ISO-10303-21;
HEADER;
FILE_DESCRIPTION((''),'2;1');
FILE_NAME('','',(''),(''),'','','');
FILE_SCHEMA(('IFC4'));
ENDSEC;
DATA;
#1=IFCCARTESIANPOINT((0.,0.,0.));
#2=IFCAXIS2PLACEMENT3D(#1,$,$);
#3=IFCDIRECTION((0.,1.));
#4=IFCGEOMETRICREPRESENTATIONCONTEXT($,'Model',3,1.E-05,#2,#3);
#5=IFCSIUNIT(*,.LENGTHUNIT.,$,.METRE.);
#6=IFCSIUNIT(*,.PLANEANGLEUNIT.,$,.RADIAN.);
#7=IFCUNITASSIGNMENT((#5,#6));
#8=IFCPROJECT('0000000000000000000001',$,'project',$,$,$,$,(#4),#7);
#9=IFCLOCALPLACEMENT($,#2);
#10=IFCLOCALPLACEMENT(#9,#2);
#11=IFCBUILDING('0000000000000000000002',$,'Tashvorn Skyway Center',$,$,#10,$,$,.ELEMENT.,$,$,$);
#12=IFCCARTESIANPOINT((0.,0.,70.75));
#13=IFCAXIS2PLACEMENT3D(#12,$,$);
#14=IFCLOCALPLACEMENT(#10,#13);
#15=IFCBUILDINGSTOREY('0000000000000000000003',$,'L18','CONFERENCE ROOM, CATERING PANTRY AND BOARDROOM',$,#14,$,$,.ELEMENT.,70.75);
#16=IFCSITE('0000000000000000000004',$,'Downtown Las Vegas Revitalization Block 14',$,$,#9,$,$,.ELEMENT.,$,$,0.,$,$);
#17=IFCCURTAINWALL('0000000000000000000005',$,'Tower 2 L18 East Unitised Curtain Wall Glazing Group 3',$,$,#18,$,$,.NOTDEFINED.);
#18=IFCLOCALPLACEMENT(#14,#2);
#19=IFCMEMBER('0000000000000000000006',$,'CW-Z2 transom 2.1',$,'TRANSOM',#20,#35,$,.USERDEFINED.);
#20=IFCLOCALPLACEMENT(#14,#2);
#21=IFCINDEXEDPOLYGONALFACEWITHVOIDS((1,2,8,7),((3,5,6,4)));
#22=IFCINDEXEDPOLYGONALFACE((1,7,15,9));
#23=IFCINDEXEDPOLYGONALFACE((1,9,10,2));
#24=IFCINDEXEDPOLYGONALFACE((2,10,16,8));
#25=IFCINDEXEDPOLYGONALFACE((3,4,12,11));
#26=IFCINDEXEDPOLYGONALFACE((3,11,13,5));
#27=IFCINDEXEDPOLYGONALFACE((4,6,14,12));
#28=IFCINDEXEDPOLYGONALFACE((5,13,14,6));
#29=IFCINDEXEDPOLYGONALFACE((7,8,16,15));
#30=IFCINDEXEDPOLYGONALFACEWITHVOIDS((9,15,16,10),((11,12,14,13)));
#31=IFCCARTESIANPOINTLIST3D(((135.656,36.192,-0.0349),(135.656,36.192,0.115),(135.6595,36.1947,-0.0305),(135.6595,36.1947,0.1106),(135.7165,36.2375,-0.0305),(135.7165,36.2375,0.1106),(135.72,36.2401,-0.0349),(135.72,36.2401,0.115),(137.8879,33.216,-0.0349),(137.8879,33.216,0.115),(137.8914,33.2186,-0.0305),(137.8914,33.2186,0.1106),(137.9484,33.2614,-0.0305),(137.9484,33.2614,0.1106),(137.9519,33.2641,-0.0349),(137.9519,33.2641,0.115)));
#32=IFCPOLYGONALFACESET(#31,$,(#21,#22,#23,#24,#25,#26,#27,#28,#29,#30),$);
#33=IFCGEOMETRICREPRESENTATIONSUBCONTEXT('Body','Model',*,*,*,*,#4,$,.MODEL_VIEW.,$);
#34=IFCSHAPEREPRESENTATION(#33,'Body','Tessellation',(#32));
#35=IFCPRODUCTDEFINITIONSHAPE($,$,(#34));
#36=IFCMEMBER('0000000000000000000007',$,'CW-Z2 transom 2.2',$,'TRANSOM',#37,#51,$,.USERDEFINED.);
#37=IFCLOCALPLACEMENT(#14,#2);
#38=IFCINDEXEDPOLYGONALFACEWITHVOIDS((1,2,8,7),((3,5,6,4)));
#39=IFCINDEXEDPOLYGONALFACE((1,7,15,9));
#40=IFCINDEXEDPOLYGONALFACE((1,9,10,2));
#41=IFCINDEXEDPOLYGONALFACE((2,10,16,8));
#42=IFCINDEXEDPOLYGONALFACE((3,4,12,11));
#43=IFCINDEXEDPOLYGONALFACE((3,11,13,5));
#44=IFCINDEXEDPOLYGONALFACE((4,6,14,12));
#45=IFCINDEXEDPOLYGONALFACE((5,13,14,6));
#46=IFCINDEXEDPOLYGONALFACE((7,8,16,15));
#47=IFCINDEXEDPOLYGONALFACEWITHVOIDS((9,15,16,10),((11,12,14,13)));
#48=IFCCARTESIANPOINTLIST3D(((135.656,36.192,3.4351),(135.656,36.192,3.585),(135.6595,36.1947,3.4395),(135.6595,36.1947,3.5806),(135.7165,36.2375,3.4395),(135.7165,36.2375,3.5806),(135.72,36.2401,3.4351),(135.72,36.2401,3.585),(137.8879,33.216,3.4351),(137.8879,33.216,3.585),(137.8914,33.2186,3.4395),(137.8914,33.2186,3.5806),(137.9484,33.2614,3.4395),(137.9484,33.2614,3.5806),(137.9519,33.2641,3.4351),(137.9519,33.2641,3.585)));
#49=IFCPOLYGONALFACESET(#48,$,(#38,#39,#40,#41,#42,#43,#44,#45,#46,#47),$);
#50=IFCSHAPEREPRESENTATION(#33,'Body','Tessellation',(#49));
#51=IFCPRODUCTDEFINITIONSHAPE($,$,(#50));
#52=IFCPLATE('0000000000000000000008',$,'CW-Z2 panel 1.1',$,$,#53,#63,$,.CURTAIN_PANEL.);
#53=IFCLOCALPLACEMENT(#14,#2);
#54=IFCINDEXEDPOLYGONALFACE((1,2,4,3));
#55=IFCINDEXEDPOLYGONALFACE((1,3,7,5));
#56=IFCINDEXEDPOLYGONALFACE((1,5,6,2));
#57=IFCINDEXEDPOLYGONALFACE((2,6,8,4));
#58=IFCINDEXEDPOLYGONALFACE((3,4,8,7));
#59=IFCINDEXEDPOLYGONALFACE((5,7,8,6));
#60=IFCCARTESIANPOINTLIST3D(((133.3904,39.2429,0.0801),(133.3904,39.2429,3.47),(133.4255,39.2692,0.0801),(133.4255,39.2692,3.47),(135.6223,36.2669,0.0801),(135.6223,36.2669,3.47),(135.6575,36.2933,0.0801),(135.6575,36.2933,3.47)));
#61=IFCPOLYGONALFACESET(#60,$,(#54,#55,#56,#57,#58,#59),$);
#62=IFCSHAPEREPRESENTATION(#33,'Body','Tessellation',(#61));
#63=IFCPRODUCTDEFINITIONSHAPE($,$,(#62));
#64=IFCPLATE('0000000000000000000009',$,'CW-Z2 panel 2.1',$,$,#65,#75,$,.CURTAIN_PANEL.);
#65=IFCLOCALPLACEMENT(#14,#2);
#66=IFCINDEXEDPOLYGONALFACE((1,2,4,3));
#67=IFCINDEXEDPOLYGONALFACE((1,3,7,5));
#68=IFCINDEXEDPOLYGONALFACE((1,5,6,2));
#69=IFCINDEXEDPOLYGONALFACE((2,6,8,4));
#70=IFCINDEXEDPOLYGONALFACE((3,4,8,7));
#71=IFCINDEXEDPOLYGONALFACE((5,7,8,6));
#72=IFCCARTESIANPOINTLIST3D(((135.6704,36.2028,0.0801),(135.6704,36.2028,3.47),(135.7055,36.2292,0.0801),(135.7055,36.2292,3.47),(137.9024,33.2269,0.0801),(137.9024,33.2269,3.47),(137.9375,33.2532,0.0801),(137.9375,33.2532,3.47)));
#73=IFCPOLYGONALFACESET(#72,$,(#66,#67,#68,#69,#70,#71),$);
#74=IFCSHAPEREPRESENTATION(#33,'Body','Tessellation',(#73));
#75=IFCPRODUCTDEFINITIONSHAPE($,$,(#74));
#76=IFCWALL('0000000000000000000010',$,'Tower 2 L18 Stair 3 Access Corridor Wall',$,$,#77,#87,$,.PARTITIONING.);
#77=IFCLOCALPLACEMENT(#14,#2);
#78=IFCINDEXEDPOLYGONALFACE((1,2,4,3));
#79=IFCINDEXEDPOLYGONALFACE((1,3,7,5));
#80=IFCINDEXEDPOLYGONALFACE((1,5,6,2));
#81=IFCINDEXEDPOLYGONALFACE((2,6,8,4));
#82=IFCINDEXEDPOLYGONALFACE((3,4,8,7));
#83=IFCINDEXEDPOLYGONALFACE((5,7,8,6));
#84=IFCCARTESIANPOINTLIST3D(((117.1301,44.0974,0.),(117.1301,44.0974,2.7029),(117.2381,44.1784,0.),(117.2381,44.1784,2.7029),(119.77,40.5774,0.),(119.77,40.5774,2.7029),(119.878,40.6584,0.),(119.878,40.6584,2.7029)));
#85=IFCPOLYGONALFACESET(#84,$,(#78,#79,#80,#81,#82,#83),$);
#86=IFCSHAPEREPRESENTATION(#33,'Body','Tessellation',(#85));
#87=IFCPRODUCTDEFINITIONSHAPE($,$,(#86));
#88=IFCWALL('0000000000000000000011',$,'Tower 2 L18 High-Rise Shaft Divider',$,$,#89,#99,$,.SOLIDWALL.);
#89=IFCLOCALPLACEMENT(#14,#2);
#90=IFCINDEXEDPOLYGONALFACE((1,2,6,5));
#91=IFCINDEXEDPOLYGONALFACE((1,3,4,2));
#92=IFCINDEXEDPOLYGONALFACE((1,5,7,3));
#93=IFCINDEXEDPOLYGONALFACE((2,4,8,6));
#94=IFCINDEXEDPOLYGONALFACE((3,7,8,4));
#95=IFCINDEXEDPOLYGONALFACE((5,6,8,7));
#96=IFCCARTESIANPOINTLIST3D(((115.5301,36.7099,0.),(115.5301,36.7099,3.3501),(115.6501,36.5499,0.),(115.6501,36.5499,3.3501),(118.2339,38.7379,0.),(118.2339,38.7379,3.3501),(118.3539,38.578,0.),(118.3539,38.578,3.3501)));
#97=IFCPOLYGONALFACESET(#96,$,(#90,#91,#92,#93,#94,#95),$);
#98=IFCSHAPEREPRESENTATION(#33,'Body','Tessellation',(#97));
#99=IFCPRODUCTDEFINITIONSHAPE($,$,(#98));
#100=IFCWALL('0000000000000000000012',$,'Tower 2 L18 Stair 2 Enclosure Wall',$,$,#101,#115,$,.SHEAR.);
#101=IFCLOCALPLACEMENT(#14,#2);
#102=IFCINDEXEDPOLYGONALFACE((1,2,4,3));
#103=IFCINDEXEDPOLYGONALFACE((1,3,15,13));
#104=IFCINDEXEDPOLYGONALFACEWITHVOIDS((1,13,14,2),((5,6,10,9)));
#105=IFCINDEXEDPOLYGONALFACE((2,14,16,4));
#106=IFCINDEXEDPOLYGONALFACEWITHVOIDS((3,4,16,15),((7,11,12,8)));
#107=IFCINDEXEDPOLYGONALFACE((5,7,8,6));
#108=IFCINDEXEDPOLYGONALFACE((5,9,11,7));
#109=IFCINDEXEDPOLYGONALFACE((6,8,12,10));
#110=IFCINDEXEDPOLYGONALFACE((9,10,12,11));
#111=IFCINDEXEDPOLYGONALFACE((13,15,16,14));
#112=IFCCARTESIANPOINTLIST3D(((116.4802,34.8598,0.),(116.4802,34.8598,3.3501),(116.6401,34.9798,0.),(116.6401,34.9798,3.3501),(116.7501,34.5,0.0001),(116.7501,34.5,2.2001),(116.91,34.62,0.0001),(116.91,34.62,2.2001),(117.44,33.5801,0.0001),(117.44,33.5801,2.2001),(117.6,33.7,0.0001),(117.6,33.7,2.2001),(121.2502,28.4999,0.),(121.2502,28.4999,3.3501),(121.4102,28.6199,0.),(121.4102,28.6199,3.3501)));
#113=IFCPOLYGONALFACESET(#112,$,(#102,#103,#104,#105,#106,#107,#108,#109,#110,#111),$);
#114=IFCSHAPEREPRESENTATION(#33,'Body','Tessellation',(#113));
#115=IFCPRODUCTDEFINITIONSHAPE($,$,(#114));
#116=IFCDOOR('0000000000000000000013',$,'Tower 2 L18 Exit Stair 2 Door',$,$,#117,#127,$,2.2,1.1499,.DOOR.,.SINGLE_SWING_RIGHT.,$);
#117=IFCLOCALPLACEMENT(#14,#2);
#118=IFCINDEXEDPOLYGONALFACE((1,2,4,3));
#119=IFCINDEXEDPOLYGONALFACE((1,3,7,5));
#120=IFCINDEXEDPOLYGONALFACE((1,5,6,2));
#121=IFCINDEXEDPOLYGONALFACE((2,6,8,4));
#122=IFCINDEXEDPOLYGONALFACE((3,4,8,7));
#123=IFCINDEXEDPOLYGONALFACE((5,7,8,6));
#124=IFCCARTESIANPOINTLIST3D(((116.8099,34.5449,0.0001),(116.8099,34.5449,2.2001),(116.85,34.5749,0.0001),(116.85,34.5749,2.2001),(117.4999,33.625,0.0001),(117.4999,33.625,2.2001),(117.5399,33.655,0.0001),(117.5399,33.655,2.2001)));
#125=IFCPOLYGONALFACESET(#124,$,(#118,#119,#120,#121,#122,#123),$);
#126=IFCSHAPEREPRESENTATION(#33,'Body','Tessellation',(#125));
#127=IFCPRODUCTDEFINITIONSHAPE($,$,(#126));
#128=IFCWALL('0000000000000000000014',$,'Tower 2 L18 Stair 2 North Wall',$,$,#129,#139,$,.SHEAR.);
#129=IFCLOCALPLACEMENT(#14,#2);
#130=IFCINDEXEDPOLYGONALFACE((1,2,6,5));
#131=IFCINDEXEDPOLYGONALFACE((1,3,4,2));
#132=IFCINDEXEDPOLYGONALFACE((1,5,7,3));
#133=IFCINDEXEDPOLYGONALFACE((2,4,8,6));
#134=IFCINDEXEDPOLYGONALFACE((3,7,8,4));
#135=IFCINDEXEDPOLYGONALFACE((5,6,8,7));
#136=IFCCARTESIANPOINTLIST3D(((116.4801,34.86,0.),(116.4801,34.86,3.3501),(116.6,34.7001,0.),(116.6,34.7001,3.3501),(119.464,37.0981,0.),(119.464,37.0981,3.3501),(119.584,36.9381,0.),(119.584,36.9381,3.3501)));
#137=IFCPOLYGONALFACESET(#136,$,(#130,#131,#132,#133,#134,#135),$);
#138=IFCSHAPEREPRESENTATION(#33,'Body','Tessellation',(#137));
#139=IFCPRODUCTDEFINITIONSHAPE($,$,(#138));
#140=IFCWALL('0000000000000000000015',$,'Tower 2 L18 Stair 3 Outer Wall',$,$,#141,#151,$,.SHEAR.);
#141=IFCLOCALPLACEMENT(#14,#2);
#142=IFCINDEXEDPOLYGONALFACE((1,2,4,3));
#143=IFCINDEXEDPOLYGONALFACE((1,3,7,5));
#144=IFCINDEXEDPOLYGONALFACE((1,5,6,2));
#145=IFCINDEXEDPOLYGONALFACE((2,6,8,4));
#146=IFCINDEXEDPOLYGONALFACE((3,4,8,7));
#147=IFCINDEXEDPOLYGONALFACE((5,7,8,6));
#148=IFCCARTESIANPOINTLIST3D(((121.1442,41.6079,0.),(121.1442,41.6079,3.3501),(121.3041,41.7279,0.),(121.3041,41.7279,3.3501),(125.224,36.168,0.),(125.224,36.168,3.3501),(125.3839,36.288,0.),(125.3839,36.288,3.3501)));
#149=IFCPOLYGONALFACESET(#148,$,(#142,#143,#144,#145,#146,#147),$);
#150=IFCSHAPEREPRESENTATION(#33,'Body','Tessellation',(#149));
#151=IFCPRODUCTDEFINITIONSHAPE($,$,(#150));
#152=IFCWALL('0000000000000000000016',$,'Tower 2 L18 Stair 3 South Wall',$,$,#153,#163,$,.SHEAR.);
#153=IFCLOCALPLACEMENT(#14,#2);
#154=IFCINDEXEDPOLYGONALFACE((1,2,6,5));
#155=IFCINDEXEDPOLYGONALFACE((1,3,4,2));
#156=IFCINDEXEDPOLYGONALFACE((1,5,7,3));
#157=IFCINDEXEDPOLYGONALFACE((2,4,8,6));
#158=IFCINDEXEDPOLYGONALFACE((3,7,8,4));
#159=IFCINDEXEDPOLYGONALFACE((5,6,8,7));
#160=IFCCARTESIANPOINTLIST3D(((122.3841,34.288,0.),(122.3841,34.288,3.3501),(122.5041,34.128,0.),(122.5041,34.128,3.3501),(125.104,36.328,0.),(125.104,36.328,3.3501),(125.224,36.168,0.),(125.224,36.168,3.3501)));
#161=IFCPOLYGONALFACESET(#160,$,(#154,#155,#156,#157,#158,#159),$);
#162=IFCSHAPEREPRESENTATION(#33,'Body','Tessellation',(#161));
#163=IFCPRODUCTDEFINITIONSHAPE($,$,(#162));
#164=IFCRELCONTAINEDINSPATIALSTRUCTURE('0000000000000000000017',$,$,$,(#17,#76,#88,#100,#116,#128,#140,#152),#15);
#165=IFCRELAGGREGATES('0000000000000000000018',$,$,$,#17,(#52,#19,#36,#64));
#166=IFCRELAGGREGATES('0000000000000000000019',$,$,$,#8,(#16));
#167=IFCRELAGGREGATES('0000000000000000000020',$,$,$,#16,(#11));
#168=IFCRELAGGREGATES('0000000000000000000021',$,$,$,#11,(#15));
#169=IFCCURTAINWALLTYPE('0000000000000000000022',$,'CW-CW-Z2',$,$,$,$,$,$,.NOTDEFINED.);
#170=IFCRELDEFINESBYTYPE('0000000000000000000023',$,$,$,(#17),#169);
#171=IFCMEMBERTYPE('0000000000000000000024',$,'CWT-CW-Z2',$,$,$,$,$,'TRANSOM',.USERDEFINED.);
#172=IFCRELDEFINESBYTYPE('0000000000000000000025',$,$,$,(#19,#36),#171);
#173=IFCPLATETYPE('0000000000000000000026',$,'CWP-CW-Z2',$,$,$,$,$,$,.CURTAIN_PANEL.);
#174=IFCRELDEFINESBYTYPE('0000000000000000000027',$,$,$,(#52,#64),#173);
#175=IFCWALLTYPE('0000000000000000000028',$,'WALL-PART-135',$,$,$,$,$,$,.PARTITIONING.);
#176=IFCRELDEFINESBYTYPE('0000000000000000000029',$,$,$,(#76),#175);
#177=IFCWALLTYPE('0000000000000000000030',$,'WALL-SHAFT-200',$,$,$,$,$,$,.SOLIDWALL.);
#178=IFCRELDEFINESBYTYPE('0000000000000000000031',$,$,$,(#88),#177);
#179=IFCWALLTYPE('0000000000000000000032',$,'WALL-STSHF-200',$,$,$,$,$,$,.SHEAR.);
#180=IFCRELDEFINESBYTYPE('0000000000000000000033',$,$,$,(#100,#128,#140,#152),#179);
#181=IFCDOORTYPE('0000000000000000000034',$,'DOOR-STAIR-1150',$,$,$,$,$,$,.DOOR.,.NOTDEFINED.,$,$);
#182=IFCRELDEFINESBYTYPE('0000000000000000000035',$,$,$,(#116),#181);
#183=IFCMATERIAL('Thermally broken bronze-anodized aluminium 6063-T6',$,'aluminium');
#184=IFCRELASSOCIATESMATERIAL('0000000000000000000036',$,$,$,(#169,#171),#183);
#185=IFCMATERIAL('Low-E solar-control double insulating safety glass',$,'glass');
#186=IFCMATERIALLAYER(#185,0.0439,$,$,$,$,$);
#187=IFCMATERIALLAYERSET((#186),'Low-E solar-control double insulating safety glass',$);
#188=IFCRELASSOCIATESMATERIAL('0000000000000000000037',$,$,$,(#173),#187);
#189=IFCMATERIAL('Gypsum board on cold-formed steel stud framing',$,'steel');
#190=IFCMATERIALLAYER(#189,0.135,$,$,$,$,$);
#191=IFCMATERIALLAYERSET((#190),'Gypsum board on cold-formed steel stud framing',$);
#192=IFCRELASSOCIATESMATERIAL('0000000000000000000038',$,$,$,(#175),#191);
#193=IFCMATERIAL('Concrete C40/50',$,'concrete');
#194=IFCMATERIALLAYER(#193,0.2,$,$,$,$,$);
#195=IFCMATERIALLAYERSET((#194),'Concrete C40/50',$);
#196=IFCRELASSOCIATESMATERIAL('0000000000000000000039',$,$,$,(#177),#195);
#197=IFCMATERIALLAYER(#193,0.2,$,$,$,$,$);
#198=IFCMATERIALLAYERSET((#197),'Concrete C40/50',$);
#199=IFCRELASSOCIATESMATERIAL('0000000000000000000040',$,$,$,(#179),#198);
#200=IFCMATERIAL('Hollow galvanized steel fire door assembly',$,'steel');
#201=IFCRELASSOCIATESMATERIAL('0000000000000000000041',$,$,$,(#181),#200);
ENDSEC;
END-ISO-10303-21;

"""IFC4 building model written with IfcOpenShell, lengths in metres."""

from ifc_helpers import new_model, si_unit, direction, frame, frame_2d, origin, origin_2d, place, context, subcontext, project, spatial, rectangle, hollow_rectangle, extrude, material, layer, layer_set, material_profile, profile_set, type_object, element, fill, aggregate, save


model = new_model("IFC4")

# Units and contexts
model_context = context("Model", 3, precision=1e-05, world=origin(), true_north=direction((0.0, 1.0)))
body_context = subcontext(model_context, "Body", "Model", "MODEL_VIEW")
ifc_project = project(units=[si_unit("LENGTHUNIT", "METRE"), si_unit("PLANEANGLEUNIT", "RADIAN")], contexts=[model_context])

# Site, building, storey
site_placement = place(None, origin())
site = spatial("IfcSite", under=ifc_project, at=site_placement, Name="Downtown Las Vegas Revitalization Block 14", CompositionType="ELEMENT", RefElevation=0.0)
building_placement = place(site_placement, origin())
building = spatial("IfcBuilding", under=site, at=building_placement, Name="Tashvorn Skyway Center", CompositionType="ELEMENT")
storey_placement = place(building_placement, frame((0.0, 0.0, 70.75)))
storey = spatial("IfcBuildingStorey", under=building, at=storey_placement, Name="L18", Description="CONFERENCE ROOM, CATERING PANTRY AND BOARDROOM", CompositionType="ELEMENT", Elevation=70.75)

# Shared definitions
ifc_material_1 = material(Name="Thermally broken bronze-anodized aluminium 6063-T6", Category="aluminium")
curtain_wall_type = type_object("IfcCurtainWallType", Name="CW-CW-Z2", PredefinedType="NOTDEFINED", material=ifc_material_1)

# Curtain wall, members, plates
curtain_wall_1_placement = place(storey_placement, origin())
curtain_wall_1 = element("IfcCurtainWall", 1, at=curtain_wall_1_placement, inside=storey, type_object=curtain_wall_type, Name="Tower 2 L18 East Unitised Curtain Wall Glazing Group 3", PredefinedType="NOTDEFINED")
ifc_material_profile_1 = material_profile(ifc_material_1, hollow_rectangle(XDim=0.0801, YDim=0.1499, WallThickness=0.0044, at=origin_2d()), Name="ALU-TRAN-80x150")
ifc_profile_set_1 = profile_set([ifc_material_profile_1], Name="Thermally broken bronze-anodized aluminium 6063-T6")
member_type_1 = type_object("IfcMemberType", Name="CWT-CW-Z2", ElementType="TRANSOM", PredefinedType="USERDEFINED", material=ifc_profile_set_1)
member_1_placement = place(storey_placement, frame((135.688, 36.2161, 0.04), z_axis=(0.599979, -0.800016, 0.0), x_axis=(0.800016, 0.599979, 0.0)))
member_1 = element("IfcMember", 2, at=member_1_placement, type_object=member_type_1, Name="CW-Z2 transom 2.1", ObjectType="TRANSOM", PredefinedType="USERDEFINED", context=body_context, shape_type="SweptSolid", body=[
    extrude(hollow_rectangle(XDim=0.0801, YDim=0.1499, WallThickness=0.0044, at=origin_2d()), origin(), (0.0, 0.0, 1.0), 3.72),
])
member_2_placement = place(storey_placement, frame((135.688, 36.2161, 3.51), z_axis=(0.599979, -0.800016, 0.0), x_axis=(0.800016, 0.599979, 0.0)))
member_2 = element("IfcMember", 3, at=member_2_placement, type_object=member_type_1, Name="CW-Z2 transom 2.2", ObjectType="TRANSOM", PredefinedType="USERDEFINED", context=body_context, shape_type="SweptSolid", body=[
    extrude(hollow_rectangle(XDim=0.0801, YDim=0.1499, WallThickness=0.0044, at=origin_2d()), origin(), (0.0, 0.0, 1.0), 3.72),
])
ifc_material_2 = material(Name="Low-E solar-control double insulating safety glass", Category="glass")
ifc_layer_1 = layer(ifc_material_2, 0.0439)
ifc_layer_set_1 = layer_set([ifc_layer_1], Name="Low-E solar-control double insulating safety glass")
plate_type = type_object("IfcPlateType", Name="CWP-CW-Z2", PredefinedType="CURTAIN_PANEL", material=ifc_layer_set_1)
plate_1_placement = place(storey_placement, frame((134.5239, 37.7681, 0.0801), z_axis=(0.0, 0.0, 1.0), x_axis=(0.6, -0.8, 0.0)))
plate_1 = element("IfcPlate", 4, at=plate_1_placement, type_object=plate_type, Name="CW-Z2 panel 1.1", PredefinedType="CURTAIN_PANEL", context=body_context, shape_type="SweptSolid", body=[
    extrude(rectangle(XDim=3.72, YDim=0.0439, at=origin_2d()), origin(), (0.0, 0.0, 1.0), 3.3899),
])
plate_2_placement = place(storey_placement, frame((136.804, 34.728, 0.0801), z_axis=(0.0, 0.0, 1.0), x_axis=(0.6, -0.8, 0.0)))
plate_2 = element("IfcPlate", 5, at=plate_2_placement, type_object=plate_type, Name="CW-Z2 panel 2.1", PredefinedType="CURTAIN_PANEL", context=body_context, shape_type="SweptSolid", body=[
    extrude(rectangle(XDim=3.72, YDim=0.0439, at=origin_2d()), origin(), (0.0, 0.0, 1.0), 3.3899),
])
aggregate(curtain_wall_1, [plate_1, member_1, member_2, plate_2])

# Walls
ifc_material_3 = material(Name="Gypsum board on cold-formed steel stud framing", Category="steel")
ifc_layer_2 = layer(ifc_material_3, 0.135)
ifc_layer_set_2 = layer_set([ifc_layer_2], Name="Gypsum board on cold-formed steel stud framing")
wall_type_1 = type_object("IfcWallType", Name="WALL-PART-135", PredefinedType="PARTITIONING", material=ifc_layer_set_2)
wall_1_placement = place(storey_placement, frame((119.824, 40.6179, 0.0), z_axis=(0.0, 0.0, 1.0), x_axis=(-0.599982, 0.800013, 0.0)))
element("IfcWall", 6, at=wall_1_placement, inside=storey, type_object=wall_type_1, Name="Tower 2 L18 Stair 3 Access Corridor Wall", PredefinedType="PARTITIONING", context=body_context, shape_type="SweptSolid", body=[
    extrude(rectangle(XDim=4.3999, YDim=0.135, at=frame_2d((2.2, 0.0))), origin(), (0.0, 0.0, 1.0), 2.7029),
])
ifc_material_4 = material(Name="Concrete C40/50", Category="concrete")
ifc_layer_3 = layer(ifc_material_4, 0.2)
ifc_layer_set_3 = layer_set([ifc_layer_3], Name="Concrete C40/50")
wall_type_2 = type_object("IfcWallType", Name="WALL-SHAFT-200", PredefinedType="SOLIDWALL", material=ifc_layer_set_3)
wall_2_placement = place(storey_placement, frame((115.5901, 36.6299, 0.0), z_axis=(0.0, 0.0, 1.0), x_axis=(0.799974, 0.600035, 0.0)))
element("IfcWall", 7, at=wall_2_placement, inside=storey, type_object=wall_type_2, Name="Tower 2 L18 High-Rise Shaft Divider", PredefinedType="SOLIDWALL", context=body_context, shape_type="SweptSolid", body=[
    extrude(rectangle(XDim=3.3799, YDim=0.2, at=frame_2d((1.6899, 0.0))), origin(), (0.0, 0.0, 1.0), 3.3501),
])

# Wall, opening, door
ifc_layer_4 = layer(ifc_material_4, 0.2)
ifc_layer_set_4 = layer_set([ifc_layer_4], Name="Concrete C40/50")
wall_type_3 = type_object("IfcWallType", Name="WALL-STSHF-200", PredefinedType="SHEAR", material=ifc_layer_set_4)
wall_3_placement = place(storey_placement, frame((116.5601, 34.9199, 0.0), z_axis=(0.0, 0.0, 1.0), x_axis=(0.60001, -0.799993, 0.0)))
wall_3 = element("IfcWall", 8, at=wall_3_placement, inside=storey, type_object=wall_type_3, Name="Tower 2 L18 Stair 2 Enclosure Wall", PredefinedType="SHEAR", context=body_context, shape_type="SweptSolid", body=[
    extrude(rectangle(XDim=7.95, YDim=0.2, at=frame_2d((3.9751, 0.0))), origin(), (0.0, 0.0, 1.0), 3.3501),
])
opening_placement = place(wall_3_placement, frame((0.45, 0.0, 0.0)))
opening = element("IfcOpeningElement", 9, at=opening_placement, cuts=wall_3, PredefinedType="OPENING", context=body_context, shape_type="SweptSolid", body=[
    extrude(rectangle(XDim=1.1499, YDim=2.2, at=frame_2d((0.575, 1.1001))), frame((0.0, 0.1099, 0.0), z_axis=(0.0, -1.0, 0.0), x_axis=(1.0, 0.0, 0.0)), (0.0, 0.0, 1.0), 0.22),
])
ifc_material_5 = material(Name="Hollow galvanized steel fire door assembly", Category="steel")
door_type = type_object("IfcDoorType", Name="DOOR-STAIR-1150", OperationType="NOTDEFINED", PredefinedType="DOOR", material=ifc_material_5)
door_placement = place(opening_placement, origin())
door = element("IfcDoor", 10, at=door_placement, inside=storey, type_object=door_type, Name="Tower 2 L18 Exit Stair 2 Door", OperationType="SINGLE_SWING_RIGHT", OverallHeight=2.2, OverallWidth=1.1499, PredefinedType="DOOR", context=body_context, shape_type="SweptSolid", body=[
    extrude(rectangle(XDim=1.1499, YDim=2.2, at=frame_2d((0.575, 1.1001))), frame((0.0, 0.0249, 0.0), z_axis=(0.0, -1.0, 0.0), x_axis=(1.0, 0.0, 0.0)), (0.0, 0.0, 1.0), 0.05),
])
fill(opening, door)

# Walls
wall_4_placement = place(storey_placement, frame((116.54, 34.78, 0.0), z_axis=(0.0, 0.0, 1.0), x_axis=(0.799984, 0.600021, 0.0)))
element("IfcWall", 11, at=wall_4_placement, inside=storey, type_object=wall_type_3, Name="Tower 2 L18 Stair 2 North Wall", PredefinedType="SHEAR", context=body_context, shape_type="SweptSolid", body=[
    extrude(rectangle(XDim=3.73, YDim=0.2, at=frame_2d((1.865, 0.0))), origin(), (0.0, 0.0, 1.0), 3.3501),
])
wall_5_placement = place(storey_placement, frame((125.304, 36.228, 0.0), z_axis=(0.0, 0.0, 1.0), x_axis=(-0.599989, 0.800009, 0.0)))
element("IfcWall", 12, at=wall_5_placement, inside=storey, type_object=wall_type_3, Name="Tower 2 L18 Stair 3 Outer Wall", PredefinedType="SHEAR", context=body_context, shape_type="SweptSolid", body=[
    extrude(rectangle(XDim=6.7998, YDim=0.2, at=frame_2d((3.3999, 0.0))), origin(), (0.0, 0.0, 1.0), 3.3501),
])
wall_6_placement = place(storey_placement, frame((122.4441, 34.208, 0.0), z_axis=(0.0, 0.0, 1.0), x_axis=(0.799991, 0.600011, 0.0)))
element("IfcWall", 13, at=wall_6_placement, inside=storey, type_object=wall_type_3, Name="Tower 2 L18 Stair 3 South Wall", PredefinedType="SHEAR", context=body_context, shape_type="SweptSolid", body=[
    extrude(rectangle(XDim=3.3999, YDim=0.2, at=frame_2d((1.7, 0.0))), origin(), (0.0, 0.0, 1.0), 3.3501),
])

save(model, "model.ifc")
